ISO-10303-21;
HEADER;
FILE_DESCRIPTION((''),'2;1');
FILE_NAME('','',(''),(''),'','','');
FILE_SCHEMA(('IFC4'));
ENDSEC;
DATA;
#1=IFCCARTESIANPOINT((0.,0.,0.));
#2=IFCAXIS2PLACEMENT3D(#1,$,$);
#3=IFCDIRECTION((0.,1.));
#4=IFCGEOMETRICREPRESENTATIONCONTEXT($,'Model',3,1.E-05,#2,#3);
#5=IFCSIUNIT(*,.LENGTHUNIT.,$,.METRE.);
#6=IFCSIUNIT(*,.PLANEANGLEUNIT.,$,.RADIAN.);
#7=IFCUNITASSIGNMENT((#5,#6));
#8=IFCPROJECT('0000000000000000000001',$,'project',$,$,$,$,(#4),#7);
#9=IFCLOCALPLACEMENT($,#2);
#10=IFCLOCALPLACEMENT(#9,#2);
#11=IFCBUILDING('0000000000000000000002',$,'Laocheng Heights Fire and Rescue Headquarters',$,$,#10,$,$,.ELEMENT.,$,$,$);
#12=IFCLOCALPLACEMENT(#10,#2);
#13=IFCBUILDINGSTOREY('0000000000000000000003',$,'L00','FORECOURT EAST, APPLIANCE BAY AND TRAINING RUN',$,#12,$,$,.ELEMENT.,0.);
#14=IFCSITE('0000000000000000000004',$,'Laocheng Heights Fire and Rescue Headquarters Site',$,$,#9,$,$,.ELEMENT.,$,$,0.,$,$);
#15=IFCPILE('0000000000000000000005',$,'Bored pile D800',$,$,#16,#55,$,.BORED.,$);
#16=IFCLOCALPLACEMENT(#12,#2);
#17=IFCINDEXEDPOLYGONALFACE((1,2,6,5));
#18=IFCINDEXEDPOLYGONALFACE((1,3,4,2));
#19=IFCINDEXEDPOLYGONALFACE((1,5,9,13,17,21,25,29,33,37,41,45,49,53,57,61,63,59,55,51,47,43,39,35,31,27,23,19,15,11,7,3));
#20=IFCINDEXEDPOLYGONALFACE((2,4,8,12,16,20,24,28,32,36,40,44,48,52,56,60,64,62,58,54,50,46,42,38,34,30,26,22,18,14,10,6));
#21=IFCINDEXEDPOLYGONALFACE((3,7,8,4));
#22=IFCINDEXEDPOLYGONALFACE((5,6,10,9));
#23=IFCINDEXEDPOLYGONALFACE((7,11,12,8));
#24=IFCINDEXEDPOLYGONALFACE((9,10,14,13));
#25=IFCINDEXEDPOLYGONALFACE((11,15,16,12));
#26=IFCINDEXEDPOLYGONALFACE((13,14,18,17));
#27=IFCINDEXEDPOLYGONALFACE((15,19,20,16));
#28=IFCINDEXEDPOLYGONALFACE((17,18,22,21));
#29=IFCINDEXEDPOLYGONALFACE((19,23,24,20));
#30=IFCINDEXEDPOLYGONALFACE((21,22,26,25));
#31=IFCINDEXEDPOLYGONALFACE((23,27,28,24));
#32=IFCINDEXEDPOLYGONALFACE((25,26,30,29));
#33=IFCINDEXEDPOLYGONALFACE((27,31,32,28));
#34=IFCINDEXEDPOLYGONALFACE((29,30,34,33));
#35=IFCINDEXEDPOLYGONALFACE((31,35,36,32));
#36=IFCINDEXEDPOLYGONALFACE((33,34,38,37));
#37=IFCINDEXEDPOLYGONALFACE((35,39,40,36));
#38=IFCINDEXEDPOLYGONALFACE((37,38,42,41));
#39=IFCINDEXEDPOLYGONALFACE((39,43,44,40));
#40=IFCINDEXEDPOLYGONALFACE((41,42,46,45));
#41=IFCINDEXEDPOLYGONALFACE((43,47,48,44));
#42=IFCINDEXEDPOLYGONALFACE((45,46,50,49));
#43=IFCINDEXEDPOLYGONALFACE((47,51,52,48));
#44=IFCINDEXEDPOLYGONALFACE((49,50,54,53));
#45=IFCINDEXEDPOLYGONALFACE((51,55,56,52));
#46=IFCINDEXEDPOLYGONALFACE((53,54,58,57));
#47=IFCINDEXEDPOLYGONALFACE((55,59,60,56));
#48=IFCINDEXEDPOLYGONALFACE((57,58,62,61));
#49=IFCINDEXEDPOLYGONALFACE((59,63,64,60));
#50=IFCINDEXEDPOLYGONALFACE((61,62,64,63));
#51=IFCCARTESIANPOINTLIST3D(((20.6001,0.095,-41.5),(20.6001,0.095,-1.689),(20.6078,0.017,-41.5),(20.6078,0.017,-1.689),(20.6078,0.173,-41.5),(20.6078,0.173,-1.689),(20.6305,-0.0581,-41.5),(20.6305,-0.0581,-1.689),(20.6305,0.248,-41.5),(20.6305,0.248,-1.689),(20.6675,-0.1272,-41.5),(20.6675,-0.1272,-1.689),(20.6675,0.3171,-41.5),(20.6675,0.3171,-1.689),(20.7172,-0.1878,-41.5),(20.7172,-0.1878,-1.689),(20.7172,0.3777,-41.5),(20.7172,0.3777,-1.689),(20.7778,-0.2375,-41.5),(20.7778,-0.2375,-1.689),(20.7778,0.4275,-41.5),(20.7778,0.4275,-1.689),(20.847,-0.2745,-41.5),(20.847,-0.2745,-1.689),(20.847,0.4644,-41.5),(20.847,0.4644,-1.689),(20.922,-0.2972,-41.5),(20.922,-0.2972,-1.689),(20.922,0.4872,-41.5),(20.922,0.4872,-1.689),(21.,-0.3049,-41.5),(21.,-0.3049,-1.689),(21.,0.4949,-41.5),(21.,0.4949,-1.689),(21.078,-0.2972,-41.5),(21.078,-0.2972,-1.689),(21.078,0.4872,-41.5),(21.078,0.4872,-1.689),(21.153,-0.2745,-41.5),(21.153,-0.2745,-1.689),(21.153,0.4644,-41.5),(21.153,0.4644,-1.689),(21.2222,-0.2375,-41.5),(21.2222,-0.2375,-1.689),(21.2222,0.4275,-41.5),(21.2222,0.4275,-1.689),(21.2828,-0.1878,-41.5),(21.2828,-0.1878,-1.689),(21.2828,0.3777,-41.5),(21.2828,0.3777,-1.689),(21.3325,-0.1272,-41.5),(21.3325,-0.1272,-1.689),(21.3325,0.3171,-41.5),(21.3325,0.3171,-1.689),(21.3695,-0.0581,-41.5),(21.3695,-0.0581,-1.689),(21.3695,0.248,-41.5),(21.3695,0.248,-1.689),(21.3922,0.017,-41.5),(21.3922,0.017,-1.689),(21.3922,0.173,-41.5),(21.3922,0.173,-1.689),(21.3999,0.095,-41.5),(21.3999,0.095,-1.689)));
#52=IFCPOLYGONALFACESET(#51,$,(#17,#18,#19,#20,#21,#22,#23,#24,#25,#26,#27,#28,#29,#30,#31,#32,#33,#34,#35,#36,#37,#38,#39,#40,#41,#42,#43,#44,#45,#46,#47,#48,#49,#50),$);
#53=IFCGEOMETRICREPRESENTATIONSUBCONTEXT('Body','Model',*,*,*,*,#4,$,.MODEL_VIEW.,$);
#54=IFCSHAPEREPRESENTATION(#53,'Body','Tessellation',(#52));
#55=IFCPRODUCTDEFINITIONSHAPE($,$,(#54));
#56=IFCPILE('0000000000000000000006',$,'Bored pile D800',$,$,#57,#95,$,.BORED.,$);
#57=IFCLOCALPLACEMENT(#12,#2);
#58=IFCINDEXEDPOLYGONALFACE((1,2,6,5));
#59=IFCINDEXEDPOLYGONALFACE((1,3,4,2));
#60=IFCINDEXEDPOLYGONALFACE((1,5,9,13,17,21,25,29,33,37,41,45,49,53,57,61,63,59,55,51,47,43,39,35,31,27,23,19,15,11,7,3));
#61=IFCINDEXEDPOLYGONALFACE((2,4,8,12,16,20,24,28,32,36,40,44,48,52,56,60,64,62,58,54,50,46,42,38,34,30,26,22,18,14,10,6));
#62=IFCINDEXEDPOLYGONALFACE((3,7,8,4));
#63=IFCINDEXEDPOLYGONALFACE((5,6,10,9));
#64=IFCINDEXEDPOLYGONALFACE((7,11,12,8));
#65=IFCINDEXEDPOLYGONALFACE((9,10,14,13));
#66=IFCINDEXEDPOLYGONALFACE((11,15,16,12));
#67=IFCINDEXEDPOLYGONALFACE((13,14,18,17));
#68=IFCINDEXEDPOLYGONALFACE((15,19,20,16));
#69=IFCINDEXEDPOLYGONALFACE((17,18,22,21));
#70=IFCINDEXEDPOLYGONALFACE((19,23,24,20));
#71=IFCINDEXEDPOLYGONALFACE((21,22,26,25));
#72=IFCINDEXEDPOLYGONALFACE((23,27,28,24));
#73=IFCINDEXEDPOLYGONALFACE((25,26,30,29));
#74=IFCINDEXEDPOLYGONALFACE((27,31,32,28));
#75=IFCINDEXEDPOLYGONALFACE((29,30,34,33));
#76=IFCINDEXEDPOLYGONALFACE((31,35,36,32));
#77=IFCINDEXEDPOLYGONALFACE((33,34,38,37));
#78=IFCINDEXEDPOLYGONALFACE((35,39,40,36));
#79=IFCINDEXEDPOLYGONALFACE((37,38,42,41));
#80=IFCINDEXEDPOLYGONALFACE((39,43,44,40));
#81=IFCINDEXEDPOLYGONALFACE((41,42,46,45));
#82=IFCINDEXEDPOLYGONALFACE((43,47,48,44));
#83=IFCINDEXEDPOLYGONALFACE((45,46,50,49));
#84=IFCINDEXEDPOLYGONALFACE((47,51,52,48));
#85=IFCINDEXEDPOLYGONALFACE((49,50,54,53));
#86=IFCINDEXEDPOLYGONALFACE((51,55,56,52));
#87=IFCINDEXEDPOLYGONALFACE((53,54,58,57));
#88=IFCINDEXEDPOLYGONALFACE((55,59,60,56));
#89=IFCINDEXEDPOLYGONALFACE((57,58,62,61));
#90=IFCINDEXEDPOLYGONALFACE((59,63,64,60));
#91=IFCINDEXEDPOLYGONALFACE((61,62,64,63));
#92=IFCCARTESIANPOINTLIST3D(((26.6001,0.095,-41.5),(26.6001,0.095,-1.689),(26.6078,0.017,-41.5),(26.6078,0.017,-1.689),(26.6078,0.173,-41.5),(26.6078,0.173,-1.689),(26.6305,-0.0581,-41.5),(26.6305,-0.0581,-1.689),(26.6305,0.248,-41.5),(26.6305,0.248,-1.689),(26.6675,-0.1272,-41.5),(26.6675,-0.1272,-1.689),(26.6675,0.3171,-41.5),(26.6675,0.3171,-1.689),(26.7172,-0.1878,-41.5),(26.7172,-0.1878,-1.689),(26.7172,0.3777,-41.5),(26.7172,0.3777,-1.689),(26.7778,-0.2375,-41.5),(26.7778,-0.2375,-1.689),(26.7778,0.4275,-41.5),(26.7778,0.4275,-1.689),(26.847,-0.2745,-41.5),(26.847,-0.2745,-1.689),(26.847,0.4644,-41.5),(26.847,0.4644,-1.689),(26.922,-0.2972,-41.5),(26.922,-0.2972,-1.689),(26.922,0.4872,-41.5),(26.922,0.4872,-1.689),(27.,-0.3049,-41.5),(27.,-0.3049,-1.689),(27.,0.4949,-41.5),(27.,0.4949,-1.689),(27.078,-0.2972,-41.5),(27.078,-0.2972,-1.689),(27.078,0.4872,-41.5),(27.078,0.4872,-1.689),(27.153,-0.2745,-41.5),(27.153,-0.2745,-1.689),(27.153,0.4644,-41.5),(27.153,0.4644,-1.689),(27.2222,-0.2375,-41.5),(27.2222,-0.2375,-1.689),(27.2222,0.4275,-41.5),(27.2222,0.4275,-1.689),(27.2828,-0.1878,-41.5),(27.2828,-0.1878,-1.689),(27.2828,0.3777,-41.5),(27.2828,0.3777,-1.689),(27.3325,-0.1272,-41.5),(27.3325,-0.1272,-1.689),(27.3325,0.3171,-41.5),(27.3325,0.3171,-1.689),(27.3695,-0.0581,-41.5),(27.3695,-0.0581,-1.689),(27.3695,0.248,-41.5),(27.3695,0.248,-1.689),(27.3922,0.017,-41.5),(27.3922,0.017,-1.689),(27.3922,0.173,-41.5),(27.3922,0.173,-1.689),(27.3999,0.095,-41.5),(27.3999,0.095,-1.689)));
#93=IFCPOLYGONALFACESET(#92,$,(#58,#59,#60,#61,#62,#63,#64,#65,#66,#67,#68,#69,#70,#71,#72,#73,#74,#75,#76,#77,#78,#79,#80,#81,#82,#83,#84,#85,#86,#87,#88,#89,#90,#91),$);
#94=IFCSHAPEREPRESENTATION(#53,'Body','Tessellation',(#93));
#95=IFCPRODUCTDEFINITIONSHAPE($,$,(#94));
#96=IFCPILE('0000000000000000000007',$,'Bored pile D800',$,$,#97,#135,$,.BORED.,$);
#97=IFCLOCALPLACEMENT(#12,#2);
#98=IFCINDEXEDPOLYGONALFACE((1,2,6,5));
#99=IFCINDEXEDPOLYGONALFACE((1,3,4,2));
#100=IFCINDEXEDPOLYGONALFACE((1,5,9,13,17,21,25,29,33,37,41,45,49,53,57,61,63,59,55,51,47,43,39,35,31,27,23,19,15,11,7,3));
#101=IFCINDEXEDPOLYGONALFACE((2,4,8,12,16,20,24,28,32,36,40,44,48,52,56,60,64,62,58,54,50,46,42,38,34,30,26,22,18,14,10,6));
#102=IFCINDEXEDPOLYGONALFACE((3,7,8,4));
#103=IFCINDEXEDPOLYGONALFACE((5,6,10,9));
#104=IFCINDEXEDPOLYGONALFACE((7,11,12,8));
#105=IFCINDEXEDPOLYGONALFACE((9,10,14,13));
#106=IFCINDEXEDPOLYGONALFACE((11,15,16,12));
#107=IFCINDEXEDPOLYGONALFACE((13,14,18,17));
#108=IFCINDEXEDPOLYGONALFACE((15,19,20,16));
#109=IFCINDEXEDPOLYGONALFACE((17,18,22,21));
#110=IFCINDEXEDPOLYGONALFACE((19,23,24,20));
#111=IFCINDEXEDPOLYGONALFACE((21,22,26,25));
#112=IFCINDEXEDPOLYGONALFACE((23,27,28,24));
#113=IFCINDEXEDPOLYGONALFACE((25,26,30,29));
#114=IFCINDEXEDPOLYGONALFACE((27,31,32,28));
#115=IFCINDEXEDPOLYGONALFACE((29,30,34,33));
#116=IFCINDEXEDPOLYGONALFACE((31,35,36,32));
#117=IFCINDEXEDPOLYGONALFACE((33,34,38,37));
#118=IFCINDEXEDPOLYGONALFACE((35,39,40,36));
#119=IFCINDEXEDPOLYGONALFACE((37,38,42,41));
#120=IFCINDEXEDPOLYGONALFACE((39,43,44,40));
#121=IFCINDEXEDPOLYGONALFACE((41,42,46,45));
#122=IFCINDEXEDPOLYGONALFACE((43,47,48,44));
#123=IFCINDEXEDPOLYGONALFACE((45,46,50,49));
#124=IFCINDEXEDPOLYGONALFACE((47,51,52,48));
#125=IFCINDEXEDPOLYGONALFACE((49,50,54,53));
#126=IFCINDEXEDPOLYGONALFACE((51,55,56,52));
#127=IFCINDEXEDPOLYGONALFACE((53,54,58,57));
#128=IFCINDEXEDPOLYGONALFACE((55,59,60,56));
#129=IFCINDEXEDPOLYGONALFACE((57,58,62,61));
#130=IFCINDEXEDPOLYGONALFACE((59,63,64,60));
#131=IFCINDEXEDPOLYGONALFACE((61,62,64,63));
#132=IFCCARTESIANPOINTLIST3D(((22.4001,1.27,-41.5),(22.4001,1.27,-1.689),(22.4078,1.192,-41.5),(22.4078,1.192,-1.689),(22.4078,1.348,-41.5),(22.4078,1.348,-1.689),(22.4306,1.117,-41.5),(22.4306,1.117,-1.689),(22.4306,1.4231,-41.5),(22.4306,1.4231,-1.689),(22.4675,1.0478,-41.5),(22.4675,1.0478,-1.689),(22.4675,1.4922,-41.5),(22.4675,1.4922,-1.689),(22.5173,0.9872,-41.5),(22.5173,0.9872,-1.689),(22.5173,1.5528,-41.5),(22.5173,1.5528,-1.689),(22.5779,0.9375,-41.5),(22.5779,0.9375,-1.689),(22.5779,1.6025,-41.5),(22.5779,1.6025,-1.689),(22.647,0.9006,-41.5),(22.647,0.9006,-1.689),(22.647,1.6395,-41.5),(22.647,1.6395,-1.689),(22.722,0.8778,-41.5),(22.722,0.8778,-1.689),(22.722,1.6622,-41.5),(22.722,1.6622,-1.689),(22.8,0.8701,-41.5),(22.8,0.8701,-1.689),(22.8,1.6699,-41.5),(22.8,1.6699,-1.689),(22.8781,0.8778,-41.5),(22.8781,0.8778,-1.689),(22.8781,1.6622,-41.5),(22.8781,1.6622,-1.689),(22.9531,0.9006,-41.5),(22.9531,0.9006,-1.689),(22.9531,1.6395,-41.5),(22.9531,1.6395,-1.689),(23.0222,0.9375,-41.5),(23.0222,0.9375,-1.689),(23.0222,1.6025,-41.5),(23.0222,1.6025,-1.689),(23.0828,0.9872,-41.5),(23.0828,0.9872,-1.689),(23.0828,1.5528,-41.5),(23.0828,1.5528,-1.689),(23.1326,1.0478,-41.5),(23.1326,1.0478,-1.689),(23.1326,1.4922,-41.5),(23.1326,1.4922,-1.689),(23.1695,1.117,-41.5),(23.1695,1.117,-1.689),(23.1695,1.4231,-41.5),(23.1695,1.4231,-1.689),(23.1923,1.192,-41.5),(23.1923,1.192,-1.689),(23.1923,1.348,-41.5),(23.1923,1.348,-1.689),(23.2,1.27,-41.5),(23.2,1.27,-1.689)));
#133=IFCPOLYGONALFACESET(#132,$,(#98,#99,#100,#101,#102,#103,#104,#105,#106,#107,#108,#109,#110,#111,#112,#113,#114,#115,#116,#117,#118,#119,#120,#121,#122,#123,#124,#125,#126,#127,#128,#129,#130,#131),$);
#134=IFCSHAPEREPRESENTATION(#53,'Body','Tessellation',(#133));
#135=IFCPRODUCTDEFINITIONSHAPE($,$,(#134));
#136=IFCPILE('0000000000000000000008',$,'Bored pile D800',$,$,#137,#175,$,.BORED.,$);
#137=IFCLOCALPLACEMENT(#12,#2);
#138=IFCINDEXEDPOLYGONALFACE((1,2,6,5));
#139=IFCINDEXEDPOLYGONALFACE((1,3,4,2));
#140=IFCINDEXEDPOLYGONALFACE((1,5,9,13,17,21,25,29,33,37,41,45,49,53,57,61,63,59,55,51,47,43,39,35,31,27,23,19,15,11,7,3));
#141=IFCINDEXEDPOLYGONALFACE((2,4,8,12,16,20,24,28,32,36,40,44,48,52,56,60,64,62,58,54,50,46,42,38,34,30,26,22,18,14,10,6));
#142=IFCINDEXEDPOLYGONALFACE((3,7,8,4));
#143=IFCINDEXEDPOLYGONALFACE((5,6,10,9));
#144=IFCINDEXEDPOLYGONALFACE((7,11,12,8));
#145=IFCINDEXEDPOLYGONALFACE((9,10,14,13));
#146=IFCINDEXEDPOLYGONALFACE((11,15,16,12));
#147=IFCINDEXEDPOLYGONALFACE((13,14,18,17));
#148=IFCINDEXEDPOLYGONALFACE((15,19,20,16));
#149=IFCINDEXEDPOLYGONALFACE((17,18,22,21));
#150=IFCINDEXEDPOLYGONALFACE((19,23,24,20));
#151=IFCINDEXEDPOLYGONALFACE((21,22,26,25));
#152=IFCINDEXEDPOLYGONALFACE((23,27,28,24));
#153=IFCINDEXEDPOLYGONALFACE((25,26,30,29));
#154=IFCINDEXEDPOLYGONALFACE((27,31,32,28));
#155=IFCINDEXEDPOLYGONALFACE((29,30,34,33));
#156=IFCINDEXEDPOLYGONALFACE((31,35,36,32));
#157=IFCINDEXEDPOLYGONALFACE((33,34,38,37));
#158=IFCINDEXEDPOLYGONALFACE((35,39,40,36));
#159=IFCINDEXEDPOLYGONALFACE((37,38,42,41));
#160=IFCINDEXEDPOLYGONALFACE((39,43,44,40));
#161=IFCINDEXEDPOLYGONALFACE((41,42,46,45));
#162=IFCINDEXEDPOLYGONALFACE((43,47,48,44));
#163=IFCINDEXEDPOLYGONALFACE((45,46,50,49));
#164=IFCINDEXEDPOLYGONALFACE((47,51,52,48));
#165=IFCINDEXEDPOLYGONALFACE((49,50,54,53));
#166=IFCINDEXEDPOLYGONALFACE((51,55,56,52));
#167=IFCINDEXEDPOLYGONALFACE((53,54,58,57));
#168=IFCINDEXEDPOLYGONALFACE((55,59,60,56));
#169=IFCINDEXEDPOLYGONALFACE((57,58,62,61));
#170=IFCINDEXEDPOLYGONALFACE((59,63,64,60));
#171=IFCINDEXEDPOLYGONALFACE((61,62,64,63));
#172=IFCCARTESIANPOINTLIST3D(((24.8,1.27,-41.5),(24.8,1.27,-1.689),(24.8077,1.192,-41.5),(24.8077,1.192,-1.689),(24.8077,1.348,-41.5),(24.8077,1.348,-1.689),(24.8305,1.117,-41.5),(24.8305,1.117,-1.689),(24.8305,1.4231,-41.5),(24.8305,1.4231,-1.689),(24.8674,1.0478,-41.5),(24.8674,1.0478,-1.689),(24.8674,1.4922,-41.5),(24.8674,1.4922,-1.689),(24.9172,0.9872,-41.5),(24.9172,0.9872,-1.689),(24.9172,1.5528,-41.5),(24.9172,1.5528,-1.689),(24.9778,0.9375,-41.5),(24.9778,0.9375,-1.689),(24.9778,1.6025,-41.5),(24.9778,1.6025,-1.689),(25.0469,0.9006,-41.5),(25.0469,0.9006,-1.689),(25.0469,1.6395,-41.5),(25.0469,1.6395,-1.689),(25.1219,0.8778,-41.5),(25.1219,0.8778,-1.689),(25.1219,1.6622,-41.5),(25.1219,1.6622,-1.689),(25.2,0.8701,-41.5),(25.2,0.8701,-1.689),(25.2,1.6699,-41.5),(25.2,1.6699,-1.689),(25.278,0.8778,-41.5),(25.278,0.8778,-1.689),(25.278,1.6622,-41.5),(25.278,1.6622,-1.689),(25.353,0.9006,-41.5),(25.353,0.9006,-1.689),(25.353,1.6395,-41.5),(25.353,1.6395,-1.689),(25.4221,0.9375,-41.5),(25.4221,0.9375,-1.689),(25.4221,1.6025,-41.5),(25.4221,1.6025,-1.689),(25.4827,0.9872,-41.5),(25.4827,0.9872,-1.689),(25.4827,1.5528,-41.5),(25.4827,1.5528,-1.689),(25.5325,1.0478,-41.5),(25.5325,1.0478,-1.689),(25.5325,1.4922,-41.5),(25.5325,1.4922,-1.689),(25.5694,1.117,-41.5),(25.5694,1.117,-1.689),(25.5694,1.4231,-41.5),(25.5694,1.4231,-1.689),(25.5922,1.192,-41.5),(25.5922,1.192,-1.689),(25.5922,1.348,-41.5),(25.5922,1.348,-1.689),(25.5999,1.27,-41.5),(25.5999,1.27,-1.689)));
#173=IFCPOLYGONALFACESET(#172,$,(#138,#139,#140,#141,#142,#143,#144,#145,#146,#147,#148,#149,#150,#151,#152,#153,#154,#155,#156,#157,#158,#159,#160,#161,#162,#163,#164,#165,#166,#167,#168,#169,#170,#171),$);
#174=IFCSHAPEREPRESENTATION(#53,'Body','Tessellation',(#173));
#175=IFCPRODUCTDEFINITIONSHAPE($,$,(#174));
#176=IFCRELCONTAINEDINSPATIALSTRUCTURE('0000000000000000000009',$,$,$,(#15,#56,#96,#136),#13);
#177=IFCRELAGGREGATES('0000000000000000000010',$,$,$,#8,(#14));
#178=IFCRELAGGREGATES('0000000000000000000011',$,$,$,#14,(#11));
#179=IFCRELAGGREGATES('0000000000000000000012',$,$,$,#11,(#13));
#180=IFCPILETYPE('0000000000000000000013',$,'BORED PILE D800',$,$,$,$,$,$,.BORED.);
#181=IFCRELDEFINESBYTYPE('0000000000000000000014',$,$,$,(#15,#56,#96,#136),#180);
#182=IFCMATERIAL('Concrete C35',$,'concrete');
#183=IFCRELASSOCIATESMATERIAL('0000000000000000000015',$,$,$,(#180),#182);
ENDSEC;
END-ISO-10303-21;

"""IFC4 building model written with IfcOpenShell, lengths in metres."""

from ifc_helpers import new_model, si_unit, direction, frame, origin, origin_2d, place, context, subcontext, project, spatial, circle, extrude, material, material_profile, profile_set, type_object, element, save


model = new_model("IFC4")

# Units and contexts
model_context = context("Model", 3, precision=1e-05, world=origin(), true_north=direction((0.0, 1.0)))
body_context = subcontext(model_context, "Body", "Model", "MODEL_VIEW")
ifc_project = project(units=[si_unit("LENGTHUNIT", "METRE"), si_unit("PLANEANGLEUNIT", "RADIAN")], contexts=[model_context])

# Site, building, storey
site_placement = place(None, origin())
site = spatial("IfcSite", under=ifc_project, at=site_placement, Name="Laocheng Heights Fire and Rescue Headquarters Site", CompositionType="ELEMENT", RefElevation=0.0)
building_placement = place(site_placement, origin())
building = spatial("IfcBuilding", under=site, at=building_placement, Name="Laocheng Heights Fire and Rescue Headquarters", CompositionType="ELEMENT")
storey_placement = place(building_placement, origin())
storey = spatial("IfcBuildingStorey", under=building, at=storey_placement, Name="L00", Description="FORECOURT EAST, APPLIANCE BAY AND TRAINING RUN", CompositionType="ELEMENT", Elevation=0.0)

# Piles
ifc_material_1 = material(Name="Concrete C35", Category="concrete")
ifc_material_profile_1 = material_profile(ifc_material_1, circle(Radius=0.3999, at=origin_2d()), Name="BORED PILE D800")
ifc_profile_set_1 = profile_set([ifc_material_profile_1], Name="Concrete C35")
pile_type_1 = type_object("IfcPileType", Name="BORED PILE D800", PredefinedType="BORED", material=ifc_profile_set_1)
for number, where, z_axis, x_axis, name in (
    (1, (21.0, 0.095, -1.689), (0.0, 0.0, -1.0), (1.0, 0.0, 0.0), "Bored pile D800"),
    (2, (27.0, 0.095, -1.689), (0.0, 0.0, -1.0), (1.0, 0.0, 0.0), "Bored pile D800"),
    (3, (22.8, 1.27, -1.689), (0.0, 0.0, -1.0), (1.0, 0.0, 0.0), "Bored pile D800"),
    (4, (25.2, 1.27, -1.689), (0.0, 0.0, -1.0), (1.0, 0.0, 0.0), "Bored pile D800"),
):
    element("IfcPile", number, at=place(storey_placement, frame(where, z_axis=z_axis, x_axis=x_axis)), inside=storey, type_object=pile_type_1, Name=name, PredefinedType="BORED", context=body_context, shape_type="SweptSolid", body=[
        extrude(circle(Radius=0.3999, at=origin_2d()), origin(), (0.0, 0.0, 1.0), 39.811),
    ])

save(model, "model.ifc")
